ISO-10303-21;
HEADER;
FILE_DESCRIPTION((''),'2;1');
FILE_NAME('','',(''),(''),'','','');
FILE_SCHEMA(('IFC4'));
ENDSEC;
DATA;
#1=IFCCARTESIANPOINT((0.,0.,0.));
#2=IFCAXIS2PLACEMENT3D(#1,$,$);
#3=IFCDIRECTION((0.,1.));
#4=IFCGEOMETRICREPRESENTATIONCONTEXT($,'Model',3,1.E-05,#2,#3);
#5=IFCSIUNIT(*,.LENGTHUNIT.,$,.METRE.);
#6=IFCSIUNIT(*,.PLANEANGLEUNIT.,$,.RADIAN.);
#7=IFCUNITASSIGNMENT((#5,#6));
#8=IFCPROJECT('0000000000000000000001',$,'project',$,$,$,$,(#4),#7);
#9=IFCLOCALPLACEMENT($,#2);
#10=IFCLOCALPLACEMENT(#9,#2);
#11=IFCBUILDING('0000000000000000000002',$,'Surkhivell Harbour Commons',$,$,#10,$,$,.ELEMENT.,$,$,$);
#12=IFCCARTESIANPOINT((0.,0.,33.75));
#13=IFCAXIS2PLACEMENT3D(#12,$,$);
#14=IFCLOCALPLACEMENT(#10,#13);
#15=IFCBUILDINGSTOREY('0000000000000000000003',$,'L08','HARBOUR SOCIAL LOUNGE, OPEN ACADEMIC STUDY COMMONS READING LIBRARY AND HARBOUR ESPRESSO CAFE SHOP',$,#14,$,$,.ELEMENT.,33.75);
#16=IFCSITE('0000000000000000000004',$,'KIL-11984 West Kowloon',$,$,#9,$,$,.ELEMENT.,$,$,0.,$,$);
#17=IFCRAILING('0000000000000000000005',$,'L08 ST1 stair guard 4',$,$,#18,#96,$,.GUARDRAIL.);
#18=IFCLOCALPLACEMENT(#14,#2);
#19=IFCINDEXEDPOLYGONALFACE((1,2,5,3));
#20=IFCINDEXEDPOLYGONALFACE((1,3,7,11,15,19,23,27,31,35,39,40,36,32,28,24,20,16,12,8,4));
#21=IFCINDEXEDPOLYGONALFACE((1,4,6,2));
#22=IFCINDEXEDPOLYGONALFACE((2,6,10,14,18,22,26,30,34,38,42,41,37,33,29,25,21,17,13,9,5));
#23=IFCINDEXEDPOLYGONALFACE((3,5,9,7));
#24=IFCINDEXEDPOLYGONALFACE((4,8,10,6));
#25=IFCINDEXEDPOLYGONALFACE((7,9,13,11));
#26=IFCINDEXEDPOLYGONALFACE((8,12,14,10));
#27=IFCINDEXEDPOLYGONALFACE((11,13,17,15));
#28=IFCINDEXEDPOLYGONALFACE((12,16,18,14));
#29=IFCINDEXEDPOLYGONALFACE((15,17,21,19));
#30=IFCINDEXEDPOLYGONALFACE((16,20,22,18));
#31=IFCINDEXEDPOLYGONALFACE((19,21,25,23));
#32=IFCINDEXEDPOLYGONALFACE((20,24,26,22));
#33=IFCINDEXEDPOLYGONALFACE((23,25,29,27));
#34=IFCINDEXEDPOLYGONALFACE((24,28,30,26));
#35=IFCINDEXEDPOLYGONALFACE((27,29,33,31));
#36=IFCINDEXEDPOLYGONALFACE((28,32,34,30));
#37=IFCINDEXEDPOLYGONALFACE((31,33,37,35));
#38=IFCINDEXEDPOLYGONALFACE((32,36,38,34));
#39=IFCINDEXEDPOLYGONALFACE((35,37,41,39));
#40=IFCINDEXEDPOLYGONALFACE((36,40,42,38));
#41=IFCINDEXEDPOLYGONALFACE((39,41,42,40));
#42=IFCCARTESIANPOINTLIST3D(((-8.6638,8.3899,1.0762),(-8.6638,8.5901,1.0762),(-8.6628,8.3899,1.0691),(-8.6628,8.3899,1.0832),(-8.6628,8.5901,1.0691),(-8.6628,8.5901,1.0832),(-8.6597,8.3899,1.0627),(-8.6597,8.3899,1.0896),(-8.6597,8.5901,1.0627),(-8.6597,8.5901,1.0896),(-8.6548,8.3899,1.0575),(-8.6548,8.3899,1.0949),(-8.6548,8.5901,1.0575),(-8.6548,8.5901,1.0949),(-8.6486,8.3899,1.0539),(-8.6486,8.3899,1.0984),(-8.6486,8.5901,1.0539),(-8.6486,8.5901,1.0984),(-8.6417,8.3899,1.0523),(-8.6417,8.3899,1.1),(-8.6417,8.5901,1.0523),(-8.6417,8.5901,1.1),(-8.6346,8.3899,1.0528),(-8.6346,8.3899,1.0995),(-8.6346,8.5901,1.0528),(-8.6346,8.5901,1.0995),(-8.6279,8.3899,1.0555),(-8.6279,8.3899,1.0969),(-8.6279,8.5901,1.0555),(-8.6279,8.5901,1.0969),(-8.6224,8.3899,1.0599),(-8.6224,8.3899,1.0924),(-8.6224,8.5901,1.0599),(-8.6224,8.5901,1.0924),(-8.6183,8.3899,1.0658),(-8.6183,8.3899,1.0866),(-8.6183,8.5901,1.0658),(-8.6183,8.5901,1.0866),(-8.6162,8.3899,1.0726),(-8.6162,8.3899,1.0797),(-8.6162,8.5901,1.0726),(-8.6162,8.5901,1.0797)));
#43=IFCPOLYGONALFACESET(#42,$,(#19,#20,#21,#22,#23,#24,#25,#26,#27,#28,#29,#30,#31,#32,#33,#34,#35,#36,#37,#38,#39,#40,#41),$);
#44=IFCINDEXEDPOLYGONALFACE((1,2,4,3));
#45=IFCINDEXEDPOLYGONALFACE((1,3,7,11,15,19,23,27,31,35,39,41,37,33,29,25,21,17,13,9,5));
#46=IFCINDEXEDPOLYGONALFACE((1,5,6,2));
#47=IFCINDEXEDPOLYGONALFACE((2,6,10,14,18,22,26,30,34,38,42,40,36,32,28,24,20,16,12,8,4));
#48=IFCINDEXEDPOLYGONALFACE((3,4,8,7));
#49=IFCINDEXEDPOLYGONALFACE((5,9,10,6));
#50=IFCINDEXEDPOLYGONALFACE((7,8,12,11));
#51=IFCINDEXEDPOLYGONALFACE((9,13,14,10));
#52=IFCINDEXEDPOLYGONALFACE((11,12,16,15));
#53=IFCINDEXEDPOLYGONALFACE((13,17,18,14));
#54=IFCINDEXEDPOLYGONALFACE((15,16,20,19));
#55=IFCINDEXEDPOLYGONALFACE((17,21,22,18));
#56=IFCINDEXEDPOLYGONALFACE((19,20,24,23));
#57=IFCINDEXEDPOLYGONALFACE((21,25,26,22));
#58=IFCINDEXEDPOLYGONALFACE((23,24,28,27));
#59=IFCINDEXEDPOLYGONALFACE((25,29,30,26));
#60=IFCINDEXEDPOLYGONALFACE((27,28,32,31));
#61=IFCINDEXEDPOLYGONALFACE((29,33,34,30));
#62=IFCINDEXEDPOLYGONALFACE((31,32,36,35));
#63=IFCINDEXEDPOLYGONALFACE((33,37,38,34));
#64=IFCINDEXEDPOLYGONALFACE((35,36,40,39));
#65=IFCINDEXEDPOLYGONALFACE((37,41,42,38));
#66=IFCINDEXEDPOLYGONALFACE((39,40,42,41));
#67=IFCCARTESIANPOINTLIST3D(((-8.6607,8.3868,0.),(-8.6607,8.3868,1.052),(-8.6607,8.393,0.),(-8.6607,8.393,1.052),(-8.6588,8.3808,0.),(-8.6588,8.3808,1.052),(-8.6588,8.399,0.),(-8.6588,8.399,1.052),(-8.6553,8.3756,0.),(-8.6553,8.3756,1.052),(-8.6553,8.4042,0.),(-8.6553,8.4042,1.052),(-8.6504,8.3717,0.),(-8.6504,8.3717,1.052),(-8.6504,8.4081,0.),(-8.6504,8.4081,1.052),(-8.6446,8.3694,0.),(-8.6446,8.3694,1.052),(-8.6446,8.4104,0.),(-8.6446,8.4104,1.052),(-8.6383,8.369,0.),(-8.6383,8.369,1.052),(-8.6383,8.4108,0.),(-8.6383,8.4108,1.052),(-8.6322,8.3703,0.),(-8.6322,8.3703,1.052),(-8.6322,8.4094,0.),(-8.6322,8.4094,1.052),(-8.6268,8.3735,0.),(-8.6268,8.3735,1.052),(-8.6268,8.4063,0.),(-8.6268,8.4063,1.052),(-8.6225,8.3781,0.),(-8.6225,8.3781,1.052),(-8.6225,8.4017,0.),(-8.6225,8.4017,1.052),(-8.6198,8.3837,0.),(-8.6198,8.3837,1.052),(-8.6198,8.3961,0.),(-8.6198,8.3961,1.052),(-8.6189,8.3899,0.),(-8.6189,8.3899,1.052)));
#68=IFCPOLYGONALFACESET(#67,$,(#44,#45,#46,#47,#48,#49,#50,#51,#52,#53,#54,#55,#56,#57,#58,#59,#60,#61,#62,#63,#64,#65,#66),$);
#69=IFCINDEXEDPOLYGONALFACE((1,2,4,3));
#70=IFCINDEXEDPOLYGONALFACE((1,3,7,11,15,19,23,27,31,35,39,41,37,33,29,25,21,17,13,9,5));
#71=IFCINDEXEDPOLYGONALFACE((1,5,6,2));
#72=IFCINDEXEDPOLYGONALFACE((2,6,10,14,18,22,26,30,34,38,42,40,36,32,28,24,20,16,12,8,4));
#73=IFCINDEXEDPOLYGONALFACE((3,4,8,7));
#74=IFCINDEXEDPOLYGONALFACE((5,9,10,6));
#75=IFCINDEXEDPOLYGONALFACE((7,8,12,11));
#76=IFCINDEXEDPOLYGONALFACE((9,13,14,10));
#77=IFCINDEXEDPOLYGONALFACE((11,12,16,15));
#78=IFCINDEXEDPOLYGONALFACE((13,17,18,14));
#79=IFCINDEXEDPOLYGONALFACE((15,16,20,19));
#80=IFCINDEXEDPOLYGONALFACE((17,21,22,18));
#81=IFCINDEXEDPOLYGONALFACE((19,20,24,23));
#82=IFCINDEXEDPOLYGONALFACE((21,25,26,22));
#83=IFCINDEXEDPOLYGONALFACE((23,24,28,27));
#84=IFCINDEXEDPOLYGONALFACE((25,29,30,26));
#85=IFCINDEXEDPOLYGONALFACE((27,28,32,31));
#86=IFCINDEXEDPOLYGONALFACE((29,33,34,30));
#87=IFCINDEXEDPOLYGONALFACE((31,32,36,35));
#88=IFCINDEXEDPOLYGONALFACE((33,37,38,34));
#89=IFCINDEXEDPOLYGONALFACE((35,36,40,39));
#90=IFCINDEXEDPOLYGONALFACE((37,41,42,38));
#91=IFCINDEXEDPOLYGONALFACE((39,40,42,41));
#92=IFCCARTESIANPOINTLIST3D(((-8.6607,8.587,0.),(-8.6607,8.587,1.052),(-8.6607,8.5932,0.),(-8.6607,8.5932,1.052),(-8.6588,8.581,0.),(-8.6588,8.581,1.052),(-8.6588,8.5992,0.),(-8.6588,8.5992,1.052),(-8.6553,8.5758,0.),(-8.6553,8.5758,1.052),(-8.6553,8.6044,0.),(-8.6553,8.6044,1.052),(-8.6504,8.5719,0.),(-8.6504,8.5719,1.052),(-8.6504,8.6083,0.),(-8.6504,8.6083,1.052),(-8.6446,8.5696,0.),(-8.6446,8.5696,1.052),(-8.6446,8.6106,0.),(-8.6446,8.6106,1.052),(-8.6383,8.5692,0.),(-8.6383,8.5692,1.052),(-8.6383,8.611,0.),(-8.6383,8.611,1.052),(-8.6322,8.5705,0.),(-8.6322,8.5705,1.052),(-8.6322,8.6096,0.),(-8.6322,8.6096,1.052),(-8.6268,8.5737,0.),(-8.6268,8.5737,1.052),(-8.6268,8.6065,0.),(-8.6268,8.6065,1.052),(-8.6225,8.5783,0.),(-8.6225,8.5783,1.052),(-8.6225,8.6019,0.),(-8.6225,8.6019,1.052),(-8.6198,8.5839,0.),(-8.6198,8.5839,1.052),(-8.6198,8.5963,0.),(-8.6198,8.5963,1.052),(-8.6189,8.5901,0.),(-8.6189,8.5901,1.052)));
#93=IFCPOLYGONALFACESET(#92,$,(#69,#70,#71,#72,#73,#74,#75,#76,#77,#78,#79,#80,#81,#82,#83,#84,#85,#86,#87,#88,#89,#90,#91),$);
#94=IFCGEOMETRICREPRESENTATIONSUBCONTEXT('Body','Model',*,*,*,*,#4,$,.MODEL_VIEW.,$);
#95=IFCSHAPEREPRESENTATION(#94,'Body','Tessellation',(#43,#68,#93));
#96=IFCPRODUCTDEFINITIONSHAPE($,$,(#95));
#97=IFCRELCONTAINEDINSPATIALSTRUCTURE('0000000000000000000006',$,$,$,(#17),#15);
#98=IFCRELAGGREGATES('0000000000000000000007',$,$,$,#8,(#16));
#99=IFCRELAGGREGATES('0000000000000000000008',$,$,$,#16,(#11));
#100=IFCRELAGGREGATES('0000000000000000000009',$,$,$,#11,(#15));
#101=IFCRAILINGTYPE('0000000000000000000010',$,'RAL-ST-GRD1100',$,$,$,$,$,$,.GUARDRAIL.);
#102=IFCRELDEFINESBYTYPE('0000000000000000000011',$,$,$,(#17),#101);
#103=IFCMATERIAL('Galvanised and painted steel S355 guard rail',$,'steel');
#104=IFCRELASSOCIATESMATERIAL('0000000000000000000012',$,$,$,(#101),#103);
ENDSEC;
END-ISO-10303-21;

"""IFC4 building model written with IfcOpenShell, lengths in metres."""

from ifc_helpers import new_model, si_unit, direction, frame, origin, origin_2d, place, context, subcontext, project, spatial, circle, extrude, material, type_object, element, save


model = new_model("IFC4")

# Units and contexts
model_context = context("Model", 3, precision=1e-05, world=origin(), true_north=direction((0.0, 1.0)))
body_context = subcontext(model_context, "Body", "Model", "MODEL_VIEW")
ifc_project = project(units=[si_unit("LENGTHUNIT", "METRE"), si_unit("PLANEANGLEUNIT", "RADIAN")], contexts=[model_context])

# Site, building, storey
site_placement = place(None, origin())
site = spatial("IfcSite", under=ifc_project, at=site_placement, Name="KIL-11984 West Kowloon", CompositionType="ELEMENT", RefElevation=0.0)
building_placement = place(site_placement, origin())
building = spatial("IfcBuilding", under=site, at=building_placement, Name="Surkhivell Harbour Commons", CompositionType="ELEMENT")
storey_placement = place(building_placement, frame((0.0, 0.0, 33.75)))
storey = spatial("IfcBuildingStorey", under=building, at=storey_placement, Name="L08", Description="HARBOUR SOCIAL LOUNGE, OPEN ACADEMIC STUDY COMMONS READING LIBRARY AND HARBOUR ESPRESSO CAFE SHOP", CompositionType="ELEMENT", Elevation=33.75)

# Railing
ifc_material_1 = material(Name="Galvanised and painted steel S355 guard rail", Category="steel")
railing_type_1 = type_object("IfcRailingType", Name="RAL-ST-GRD1100", PredefinedType="GUARDRAIL", material=ifc_material_1)
railing_1_placement = place(storey_placement, frame((-8.6399, 8.3899, 0.0)))
element("IfcRailing", 1, at=railing_1_placement, inside=storey, type_object=railing_type_1, Name="L08 ST1 stair guard 4", PredefinedType="GUARDRAIL", context=body_context, shape_type="SweptSolid", body=[
    extrude(circle(Radius=0.0239, at=origin_2d()), frame((0.0, 0.0, 1.0762), z_axis=(0.0, 1.0, 0.0), x_axis=(-1.0, 0.0, 0.0)), (0.0, 0.0, 1.0), 0.2002),
    extrude(circle(Radius=0.021, at=origin_2d()), origin(), (0.0, 0.0, 1.0), 1.052),
    extrude(circle(Radius=0.021, at=origin_2d()), frame((0.0, 0.2002, 0.0)), (0.0, 0.0, 1.0), 1.052),
])

save(model, "model.ifc")
